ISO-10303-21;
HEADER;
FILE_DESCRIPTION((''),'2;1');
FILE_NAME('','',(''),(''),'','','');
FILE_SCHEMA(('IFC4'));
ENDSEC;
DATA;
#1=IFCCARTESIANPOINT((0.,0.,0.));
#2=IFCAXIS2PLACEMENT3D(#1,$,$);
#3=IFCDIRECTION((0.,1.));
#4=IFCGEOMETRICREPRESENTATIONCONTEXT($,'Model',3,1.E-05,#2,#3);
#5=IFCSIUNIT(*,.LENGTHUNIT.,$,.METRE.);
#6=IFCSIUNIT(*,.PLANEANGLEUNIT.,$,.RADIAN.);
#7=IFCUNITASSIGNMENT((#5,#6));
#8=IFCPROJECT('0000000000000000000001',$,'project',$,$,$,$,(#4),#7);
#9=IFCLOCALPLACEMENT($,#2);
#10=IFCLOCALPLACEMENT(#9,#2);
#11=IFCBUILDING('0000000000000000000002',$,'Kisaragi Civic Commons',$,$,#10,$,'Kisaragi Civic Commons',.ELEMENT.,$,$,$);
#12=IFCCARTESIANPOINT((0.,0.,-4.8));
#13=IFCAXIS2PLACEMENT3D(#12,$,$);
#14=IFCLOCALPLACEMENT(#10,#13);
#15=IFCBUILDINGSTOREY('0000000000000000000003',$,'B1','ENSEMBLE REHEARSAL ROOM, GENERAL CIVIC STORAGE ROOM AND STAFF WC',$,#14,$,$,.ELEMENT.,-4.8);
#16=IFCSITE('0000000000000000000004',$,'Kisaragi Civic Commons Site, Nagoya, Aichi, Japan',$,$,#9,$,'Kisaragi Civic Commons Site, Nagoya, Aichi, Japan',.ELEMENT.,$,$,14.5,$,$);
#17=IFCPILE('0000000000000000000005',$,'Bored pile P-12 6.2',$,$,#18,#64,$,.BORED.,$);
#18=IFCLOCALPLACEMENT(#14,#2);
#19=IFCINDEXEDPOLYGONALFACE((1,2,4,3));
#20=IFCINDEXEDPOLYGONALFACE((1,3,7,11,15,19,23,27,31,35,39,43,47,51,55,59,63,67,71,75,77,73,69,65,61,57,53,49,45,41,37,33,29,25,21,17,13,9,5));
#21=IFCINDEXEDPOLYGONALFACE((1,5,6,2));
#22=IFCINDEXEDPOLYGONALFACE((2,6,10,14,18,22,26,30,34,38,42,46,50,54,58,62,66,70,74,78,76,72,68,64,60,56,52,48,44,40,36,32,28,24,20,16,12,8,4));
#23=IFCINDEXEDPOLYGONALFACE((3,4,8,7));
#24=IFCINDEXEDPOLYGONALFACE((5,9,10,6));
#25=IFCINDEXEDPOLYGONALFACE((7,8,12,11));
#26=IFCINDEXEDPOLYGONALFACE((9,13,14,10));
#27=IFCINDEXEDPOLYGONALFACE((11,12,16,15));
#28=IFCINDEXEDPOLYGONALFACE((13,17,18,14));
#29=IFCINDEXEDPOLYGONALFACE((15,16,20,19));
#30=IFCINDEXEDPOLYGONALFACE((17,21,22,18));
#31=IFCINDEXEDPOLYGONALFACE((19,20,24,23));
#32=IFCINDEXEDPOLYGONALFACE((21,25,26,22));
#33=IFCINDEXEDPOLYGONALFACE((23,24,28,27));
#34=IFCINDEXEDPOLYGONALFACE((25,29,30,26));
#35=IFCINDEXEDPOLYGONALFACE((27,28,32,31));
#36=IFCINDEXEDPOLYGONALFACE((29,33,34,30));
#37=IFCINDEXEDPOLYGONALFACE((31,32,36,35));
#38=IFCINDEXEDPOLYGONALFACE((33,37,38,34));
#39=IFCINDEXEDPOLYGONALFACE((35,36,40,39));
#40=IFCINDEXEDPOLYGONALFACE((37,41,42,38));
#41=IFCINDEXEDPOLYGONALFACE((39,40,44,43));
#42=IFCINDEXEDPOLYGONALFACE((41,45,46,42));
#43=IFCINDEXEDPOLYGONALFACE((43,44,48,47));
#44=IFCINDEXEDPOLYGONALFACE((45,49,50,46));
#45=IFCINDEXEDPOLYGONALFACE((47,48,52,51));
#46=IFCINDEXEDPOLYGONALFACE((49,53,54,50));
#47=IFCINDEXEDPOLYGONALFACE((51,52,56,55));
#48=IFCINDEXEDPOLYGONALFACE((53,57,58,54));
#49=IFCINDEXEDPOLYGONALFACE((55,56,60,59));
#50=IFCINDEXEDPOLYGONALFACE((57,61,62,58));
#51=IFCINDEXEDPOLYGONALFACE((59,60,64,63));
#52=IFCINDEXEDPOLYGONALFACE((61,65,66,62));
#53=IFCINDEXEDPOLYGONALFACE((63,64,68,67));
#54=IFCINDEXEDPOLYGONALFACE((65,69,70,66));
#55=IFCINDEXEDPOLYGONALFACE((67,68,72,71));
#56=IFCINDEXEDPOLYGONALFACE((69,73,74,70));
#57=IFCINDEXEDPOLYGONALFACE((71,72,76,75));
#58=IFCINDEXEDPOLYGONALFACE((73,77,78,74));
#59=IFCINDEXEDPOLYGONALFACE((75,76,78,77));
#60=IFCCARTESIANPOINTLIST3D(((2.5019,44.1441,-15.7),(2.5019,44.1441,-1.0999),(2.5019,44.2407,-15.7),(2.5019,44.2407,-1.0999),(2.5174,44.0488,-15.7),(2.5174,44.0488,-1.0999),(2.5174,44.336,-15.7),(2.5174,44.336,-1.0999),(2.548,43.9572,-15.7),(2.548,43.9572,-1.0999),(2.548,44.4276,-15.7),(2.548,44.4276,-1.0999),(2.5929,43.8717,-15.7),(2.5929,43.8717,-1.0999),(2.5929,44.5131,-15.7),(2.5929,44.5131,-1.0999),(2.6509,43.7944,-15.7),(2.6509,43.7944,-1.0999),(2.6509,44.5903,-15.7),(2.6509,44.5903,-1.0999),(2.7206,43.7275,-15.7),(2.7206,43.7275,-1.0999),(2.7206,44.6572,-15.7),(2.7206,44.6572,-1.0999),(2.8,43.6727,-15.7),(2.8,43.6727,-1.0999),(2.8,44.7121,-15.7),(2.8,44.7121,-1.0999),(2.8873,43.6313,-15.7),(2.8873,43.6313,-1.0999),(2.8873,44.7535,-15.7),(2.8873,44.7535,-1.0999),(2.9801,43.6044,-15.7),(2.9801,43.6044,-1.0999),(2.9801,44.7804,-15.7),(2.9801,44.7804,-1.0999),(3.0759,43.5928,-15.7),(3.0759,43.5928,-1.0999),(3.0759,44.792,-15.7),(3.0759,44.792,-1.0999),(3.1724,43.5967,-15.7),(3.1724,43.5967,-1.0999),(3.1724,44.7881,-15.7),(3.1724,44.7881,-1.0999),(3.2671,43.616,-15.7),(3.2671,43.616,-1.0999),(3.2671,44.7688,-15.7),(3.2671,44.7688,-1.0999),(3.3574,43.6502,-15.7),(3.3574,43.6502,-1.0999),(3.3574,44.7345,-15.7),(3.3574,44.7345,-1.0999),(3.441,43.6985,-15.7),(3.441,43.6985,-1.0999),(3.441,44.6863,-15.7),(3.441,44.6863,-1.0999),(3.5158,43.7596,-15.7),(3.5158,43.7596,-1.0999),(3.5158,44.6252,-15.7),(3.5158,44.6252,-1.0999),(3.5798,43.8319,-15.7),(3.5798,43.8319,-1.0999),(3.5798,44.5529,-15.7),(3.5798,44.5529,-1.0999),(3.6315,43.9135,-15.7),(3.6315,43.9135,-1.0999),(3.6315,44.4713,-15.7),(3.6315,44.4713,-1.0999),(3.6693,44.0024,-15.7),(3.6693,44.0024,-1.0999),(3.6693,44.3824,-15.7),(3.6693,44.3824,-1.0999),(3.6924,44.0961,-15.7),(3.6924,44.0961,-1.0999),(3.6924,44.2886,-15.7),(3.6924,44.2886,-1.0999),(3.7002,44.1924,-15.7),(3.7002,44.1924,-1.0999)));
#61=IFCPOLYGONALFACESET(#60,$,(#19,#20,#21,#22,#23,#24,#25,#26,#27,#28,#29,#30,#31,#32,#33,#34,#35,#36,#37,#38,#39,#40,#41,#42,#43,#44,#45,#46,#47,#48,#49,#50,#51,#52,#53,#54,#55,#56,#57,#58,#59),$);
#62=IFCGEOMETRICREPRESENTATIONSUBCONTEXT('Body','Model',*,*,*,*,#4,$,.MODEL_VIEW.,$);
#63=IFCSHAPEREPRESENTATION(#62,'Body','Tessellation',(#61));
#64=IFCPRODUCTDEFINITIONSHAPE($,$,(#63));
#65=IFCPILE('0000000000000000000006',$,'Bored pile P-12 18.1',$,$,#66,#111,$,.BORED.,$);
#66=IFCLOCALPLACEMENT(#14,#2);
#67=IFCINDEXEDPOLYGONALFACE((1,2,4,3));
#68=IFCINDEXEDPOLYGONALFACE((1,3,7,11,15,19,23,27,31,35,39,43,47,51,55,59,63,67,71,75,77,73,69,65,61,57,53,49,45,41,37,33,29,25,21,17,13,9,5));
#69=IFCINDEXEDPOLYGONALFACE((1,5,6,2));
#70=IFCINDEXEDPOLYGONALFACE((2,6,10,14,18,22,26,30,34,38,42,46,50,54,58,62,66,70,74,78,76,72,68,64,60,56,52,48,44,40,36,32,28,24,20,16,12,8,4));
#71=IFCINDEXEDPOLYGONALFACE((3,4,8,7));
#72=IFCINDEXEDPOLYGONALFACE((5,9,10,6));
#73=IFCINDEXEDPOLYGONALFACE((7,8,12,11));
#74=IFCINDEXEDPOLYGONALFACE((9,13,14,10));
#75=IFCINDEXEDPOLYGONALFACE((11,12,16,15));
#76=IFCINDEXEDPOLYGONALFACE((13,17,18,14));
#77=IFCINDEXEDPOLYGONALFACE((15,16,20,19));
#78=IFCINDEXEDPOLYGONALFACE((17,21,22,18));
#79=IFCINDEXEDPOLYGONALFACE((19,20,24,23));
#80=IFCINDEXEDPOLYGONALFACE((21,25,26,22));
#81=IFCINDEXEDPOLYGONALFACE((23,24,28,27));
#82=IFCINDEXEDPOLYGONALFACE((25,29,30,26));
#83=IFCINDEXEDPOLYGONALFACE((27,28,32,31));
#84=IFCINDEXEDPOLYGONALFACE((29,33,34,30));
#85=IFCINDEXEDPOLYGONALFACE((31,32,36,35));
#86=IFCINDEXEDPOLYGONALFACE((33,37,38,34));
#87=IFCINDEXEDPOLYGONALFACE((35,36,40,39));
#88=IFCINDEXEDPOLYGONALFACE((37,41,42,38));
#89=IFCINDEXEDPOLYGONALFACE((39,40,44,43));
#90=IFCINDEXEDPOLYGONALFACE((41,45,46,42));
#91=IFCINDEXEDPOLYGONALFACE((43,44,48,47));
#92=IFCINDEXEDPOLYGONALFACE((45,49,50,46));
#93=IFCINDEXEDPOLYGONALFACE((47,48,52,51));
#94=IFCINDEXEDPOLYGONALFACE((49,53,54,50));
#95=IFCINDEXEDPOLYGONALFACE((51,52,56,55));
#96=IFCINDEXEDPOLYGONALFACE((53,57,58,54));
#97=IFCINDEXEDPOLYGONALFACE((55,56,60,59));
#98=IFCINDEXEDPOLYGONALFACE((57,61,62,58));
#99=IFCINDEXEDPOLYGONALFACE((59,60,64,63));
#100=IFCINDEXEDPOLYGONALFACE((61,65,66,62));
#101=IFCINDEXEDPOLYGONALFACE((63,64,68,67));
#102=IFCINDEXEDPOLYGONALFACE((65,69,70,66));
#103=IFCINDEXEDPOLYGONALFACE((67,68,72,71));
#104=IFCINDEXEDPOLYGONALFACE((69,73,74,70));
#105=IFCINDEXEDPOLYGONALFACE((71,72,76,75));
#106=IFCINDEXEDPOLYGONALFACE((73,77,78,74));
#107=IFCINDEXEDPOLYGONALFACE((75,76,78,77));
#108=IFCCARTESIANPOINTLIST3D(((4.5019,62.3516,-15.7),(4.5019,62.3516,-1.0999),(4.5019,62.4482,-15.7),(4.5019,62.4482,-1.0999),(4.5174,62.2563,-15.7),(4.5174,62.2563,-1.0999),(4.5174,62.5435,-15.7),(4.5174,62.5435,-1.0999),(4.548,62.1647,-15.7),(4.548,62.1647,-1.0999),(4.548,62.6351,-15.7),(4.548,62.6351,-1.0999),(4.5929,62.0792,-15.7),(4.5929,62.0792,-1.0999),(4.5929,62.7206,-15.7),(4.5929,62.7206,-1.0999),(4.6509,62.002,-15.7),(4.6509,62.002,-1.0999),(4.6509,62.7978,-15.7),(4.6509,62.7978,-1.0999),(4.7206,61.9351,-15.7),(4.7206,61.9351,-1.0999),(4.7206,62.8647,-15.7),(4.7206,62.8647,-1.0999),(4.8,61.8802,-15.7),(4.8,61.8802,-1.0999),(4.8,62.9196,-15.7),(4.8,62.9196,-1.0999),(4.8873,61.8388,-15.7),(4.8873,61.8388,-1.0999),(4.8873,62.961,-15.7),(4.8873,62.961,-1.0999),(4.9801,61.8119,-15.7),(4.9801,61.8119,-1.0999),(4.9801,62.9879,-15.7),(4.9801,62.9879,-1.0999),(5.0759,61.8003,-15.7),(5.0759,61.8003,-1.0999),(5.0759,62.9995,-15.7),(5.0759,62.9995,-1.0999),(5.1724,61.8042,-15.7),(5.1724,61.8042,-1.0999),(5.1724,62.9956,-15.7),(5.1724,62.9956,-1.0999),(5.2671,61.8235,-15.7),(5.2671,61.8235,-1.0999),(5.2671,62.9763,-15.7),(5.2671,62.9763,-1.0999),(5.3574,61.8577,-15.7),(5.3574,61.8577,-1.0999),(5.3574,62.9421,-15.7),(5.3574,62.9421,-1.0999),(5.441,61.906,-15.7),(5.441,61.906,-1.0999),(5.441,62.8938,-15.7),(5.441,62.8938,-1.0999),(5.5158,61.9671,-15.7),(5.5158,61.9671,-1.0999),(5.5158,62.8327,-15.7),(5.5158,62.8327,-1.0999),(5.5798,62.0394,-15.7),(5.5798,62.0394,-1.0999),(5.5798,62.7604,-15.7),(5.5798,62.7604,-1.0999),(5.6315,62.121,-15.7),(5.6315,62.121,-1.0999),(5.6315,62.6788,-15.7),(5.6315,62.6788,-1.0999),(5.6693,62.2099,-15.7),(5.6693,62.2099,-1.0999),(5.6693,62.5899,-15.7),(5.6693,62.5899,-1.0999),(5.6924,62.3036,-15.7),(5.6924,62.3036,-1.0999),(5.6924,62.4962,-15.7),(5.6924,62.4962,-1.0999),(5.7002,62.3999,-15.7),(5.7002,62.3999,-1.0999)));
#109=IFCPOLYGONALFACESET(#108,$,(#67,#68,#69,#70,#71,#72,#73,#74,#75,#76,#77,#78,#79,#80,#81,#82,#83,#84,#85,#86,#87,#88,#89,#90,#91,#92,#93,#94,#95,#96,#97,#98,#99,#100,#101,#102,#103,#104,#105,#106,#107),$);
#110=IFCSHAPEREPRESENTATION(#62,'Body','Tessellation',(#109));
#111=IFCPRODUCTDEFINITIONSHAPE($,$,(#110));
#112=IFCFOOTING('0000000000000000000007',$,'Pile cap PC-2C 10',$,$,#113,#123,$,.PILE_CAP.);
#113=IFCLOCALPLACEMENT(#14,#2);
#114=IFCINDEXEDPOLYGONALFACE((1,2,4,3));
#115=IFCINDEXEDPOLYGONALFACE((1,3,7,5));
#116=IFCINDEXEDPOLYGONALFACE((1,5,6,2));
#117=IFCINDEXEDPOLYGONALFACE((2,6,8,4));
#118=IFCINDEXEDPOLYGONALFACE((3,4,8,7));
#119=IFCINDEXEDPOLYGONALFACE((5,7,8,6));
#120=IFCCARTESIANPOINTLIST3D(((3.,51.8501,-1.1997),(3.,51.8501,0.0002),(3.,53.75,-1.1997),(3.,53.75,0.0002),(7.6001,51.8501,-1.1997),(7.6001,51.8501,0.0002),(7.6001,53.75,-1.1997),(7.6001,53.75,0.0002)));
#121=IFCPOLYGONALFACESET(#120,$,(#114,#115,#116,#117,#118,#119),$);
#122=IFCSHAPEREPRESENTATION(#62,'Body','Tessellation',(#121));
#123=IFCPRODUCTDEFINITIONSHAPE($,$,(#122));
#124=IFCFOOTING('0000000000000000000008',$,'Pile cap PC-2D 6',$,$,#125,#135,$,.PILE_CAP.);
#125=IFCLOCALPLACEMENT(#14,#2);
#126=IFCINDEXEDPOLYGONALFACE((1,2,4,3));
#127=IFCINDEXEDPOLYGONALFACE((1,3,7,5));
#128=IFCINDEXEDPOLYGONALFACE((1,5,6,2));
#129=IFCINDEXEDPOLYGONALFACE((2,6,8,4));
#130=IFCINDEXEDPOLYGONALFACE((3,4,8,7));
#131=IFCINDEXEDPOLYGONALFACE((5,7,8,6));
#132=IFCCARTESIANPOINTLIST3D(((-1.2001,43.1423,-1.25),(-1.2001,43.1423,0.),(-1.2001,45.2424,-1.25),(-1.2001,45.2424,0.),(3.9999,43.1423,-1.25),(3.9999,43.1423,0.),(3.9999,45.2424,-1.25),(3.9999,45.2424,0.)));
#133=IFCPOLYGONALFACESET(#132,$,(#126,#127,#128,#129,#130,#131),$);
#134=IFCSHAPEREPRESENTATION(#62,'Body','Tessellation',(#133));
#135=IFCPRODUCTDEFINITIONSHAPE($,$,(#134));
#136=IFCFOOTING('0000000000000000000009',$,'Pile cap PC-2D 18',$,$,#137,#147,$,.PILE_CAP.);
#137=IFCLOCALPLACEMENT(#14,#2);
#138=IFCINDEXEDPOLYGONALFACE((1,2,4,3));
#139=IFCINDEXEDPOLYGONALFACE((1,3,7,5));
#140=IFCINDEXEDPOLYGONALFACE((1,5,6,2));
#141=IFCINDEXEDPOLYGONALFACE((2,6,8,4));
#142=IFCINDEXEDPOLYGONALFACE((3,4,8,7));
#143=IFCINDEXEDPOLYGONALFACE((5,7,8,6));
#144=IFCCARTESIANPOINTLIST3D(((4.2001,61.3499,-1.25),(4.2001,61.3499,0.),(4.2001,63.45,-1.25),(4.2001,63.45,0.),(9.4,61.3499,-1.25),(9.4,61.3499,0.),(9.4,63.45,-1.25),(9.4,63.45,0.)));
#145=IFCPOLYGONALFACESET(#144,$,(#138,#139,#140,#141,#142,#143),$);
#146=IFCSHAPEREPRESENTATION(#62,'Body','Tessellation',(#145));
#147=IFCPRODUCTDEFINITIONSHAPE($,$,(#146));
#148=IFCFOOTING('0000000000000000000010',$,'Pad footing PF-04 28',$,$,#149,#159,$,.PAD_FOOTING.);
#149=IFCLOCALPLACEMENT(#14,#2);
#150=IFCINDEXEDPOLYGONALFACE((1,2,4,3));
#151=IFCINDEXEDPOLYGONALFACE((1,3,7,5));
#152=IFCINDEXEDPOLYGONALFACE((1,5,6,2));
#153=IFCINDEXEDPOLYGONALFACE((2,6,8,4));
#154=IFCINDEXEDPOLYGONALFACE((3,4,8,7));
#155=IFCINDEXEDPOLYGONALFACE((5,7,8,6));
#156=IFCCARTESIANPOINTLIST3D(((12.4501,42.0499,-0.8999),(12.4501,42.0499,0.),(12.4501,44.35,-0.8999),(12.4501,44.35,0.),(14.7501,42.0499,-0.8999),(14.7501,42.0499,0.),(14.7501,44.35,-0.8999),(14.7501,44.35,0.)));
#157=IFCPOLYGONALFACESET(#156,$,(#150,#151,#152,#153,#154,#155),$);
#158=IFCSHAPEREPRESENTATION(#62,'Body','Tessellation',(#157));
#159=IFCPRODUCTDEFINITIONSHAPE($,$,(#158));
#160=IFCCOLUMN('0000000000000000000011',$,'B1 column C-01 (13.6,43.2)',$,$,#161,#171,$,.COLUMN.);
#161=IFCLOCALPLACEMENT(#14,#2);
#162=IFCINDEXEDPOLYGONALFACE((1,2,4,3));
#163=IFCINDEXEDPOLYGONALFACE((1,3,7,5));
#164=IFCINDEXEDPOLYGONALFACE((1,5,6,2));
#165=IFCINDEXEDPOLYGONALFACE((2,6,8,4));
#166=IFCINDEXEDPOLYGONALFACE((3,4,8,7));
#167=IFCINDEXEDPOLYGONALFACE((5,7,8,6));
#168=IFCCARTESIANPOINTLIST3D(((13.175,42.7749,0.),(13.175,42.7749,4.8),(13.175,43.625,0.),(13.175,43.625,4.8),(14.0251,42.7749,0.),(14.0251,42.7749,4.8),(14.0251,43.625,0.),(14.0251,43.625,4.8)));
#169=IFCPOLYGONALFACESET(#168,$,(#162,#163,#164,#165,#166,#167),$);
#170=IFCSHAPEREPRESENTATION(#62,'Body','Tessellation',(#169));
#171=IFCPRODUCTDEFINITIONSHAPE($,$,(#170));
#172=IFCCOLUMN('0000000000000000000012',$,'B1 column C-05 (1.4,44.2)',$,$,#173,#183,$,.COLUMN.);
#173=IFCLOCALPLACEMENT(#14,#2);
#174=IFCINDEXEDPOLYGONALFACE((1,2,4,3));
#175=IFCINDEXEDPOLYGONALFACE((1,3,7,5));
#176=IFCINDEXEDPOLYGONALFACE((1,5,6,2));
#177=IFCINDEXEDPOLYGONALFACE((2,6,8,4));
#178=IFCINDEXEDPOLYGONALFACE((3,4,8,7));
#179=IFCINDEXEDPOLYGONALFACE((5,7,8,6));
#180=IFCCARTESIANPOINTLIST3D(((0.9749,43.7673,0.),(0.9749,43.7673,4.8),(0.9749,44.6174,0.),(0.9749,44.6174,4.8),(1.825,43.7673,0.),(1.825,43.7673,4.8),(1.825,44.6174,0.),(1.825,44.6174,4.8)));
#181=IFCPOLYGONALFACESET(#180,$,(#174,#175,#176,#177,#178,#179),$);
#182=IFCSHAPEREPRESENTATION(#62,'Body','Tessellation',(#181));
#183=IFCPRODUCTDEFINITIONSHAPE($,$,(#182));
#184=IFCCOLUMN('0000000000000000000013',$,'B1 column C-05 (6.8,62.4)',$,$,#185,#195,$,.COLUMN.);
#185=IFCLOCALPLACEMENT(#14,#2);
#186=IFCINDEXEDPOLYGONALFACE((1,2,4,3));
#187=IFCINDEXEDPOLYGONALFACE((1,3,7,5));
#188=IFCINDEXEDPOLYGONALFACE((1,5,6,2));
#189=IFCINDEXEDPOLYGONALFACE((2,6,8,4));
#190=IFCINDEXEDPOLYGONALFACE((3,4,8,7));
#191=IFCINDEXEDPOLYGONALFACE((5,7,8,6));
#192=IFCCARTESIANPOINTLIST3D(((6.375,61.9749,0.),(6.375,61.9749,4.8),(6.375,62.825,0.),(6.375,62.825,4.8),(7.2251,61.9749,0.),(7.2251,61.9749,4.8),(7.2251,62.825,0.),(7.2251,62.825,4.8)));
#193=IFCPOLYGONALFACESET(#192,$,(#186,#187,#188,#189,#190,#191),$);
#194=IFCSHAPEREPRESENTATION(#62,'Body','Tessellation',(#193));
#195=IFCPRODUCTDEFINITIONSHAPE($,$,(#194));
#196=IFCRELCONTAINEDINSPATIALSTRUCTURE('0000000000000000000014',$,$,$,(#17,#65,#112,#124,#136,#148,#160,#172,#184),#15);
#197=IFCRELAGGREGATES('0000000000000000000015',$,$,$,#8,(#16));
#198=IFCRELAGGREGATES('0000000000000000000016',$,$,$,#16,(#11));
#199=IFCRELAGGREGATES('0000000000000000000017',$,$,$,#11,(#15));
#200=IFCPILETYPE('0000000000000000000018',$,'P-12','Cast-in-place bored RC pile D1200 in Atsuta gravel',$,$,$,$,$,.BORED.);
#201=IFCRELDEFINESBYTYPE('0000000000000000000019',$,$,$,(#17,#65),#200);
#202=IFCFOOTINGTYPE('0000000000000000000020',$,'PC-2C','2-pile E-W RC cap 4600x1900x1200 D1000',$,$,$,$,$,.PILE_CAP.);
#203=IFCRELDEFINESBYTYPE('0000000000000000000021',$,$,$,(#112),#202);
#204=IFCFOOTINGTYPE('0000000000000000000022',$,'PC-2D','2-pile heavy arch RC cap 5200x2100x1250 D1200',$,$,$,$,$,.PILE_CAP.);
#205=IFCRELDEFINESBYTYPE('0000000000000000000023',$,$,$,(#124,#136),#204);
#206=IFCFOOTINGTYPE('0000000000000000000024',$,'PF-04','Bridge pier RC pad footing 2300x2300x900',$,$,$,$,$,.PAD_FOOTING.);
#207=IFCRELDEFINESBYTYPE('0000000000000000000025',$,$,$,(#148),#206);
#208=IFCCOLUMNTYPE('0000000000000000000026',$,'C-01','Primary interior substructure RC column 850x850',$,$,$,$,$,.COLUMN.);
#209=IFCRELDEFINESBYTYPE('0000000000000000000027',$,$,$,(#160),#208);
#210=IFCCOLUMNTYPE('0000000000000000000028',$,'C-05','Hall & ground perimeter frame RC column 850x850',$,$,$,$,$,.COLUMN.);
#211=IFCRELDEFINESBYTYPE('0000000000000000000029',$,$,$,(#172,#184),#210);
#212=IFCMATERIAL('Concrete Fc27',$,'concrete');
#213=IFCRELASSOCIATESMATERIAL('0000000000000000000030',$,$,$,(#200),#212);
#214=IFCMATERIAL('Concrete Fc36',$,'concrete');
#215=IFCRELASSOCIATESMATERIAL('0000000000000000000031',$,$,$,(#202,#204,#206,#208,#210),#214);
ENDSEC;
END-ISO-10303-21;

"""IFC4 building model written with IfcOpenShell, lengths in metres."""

from ifc_helpers import new_model, si_unit, direction, frame, origin, origin_2d, place, context, subcontext, project, spatial, rectangle, circle, extrude, material, material_profile, profile_set, type_object, element, save


model = new_model("IFC4")

# Units and contexts
model_context = context("Model", 3, precision=1e-05, world=origin(), true_north=direction((0.0, 1.0)))
body_context = subcontext(model_context, "Body", "Model", "MODEL_VIEW")
ifc_project = project(units=[si_unit("LENGTHUNIT", "METRE"), si_unit("PLANEANGLEUNIT", "RADIAN")], contexts=[model_context])

# Site, building, storey
site_placement = place(None, origin())
site = spatial("IfcSite", under=ifc_project, at=site_placement, Name="Kisaragi Civic Commons Site, Nagoya, Aichi, Japan", LongName="Kisaragi Civic Commons Site, Nagoya, Aichi, Japan", CompositionType="ELEMENT", RefElevation=14.5)
building_placement = place(site_placement, origin())
building = spatial("IfcBuilding", under=site, at=building_placement, Name="Kisaragi Civic Commons", LongName="Kisaragi Civic Commons", CompositionType="ELEMENT")
storey_placement = place(building_placement, frame((0.0, 0.0, -4.8)))
storey = spatial("IfcBuildingStorey", under=building, at=storey_placement, Name="B1", Description="ENSEMBLE REHEARSAL ROOM, GENERAL CIVIC STORAGE ROOM AND STAFF WC", CompositionType="ELEMENT", Elevation=-4.8)

# Shared definitions
ifc_material_1 = material(Name="Concrete Fc27", Category="concrete")

# Piles
ifc_material_profile_1 = material_profile(ifc_material_1, circle(Radius=0.6001, at=origin_2d()), Name="PILE-D1200", Category="concrete")
ifc_profile_set_1 = profile_set([ifc_material_profile_1], Name="Concrete Fc27")
pile_type_1 = type_object("IfcPileType", Name="P-12", Description="Cast-in-place bored RC pile D1200 in Atsuta gravel", PredefinedType="BORED", material=ifc_profile_set_1)
for number, where, z_axis, x_axis, name in (
    (1, (3.1001, 44.1924, -1.0999), (0.0, 0.0, -1.0), (1.0, 0.0, 0.0), "Bored pile P-12 6.2"),
    (2, (5.1001, 62.3999, -1.0999), (0.0, 0.0, -1.0), (1.0, 0.0, 0.0), "Bored pile P-12 18.1"),
):
    element("IfcPile", number, at=place(storey_placement, frame(where, z_axis=z_axis, x_axis=x_axis)), inside=storey, type_object=pile_type_1, Name=name, PredefinedType="BORED", context=body_context, shape_type="SweptSolid", body=[
        extrude(circle(Radius=0.6001, at=origin_2d()), origin(), (0.0, 0.0, 1.0), 14.6001),
    ])

# Footings
ifc_material_2 = material(Name="Concrete Fc36", Category="concrete")
footing_type_1 = type_object("IfcFootingType", Name="PC-2C", Description="2-pile E-W RC cap 4600x1900x1200 D1000", PredefinedType="PILE_CAP", material=ifc_material_2)
footing_1_placement = place(storey_placement, frame((5.3, 52.8, -1.1997), z_axis=(0.0, 0.0, 1.0), x_axis=(1.0, 0.0, 0.0)))
element("IfcFooting", 3, at=footing_1_placement, inside=storey, type_object=footing_type_1, Name="Pile cap PC-2C 10", PredefinedType="PILE_CAP", context=body_context, shape_type="SweptSolid", body=[
    extrude(rectangle(XDim=4.6001, YDim=1.8999, at=origin_2d()), origin(), (0.0, 0.0, 1.0), 1.2),
])
footing_type_2 = type_object("IfcFootingType", Name="PC-2D", Description="2-pile heavy arch RC cap 5200x2100x1250 D1200", PredefinedType="PILE_CAP", material=ifc_material_2)
for number, where, z_axis, x_axis, name in (
    (4, (1.3999, 44.1924, -1.25), (0.0, 0.0, 1.0), (1.0, 0.0, 0.0), "Pile cap PC-2D 6"),
    (5, (6.8, 62.3999, -1.25), (0.0, 0.0, 1.0), (1.0, 0.0, 0.0), "Pile cap PC-2D 18"),
):
    element("IfcFooting", number, at=place(storey_placement, frame(where, z_axis=z_axis, x_axis=x_axis)), inside=storey, type_object=footing_type_2, Name=name, PredefinedType="PILE_CAP", context=body_context, shape_type="SweptSolid", body=[
        extrude(rectangle(XDim=5.2, YDim=2.1001, at=origin_2d()), origin(), (0.0, 0.0, 1.0), 1.25),
    ])
footing_type_3 = type_object("IfcFootingType", Name="PF-04", Description="Bridge pier RC pad footing 2300x2300x900", PredefinedType="PAD_FOOTING", material=ifc_material_2)
footing_2_placement = place(storey_placement, frame((13.6001, 43.2, -0.8999), z_axis=(0.0, 0.0, 1.0), x_axis=(1.0, 0.0, 0.0)))
element("IfcFooting", 6, at=footing_2_placement, inside=storey, type_object=footing_type_3, Name="Pad footing PF-04 28", PredefinedType="PAD_FOOTING", context=body_context, shape_type="SweptSolid", body=[
    extrude(rectangle(XDim=2.3, YDim=2.3, at=origin_2d()), origin(), (0.0, 0.0, 1.0), 0.8999),
])

# Columns
ifc_material_profile_2 = material_profile(ifc_material_2, rectangle(XDim=0.8501, YDim=0.8501, at=origin_2d()), Name="RC-850x850", Category="concrete")
ifc_profile_set_2 = profile_set([ifc_material_profile_2], Name="Concrete Fc36")
column_type_1 = type_object("IfcColumnType", Name="C-01", Description="Primary interior substructure RC column 850x850", PredefinedType="COLUMN", material=ifc_profile_set_2)
column_1_placement = place(storey_placement, frame((13.6001, 43.2, 0.0), z_axis=(0.0, 0.0, 1.0), x_axis=(1.0, 0.0, 0.0)))
element("IfcColumn", 7, at=column_1_placement, inside=storey, type_object=column_type_1, Name="B1 column C-01 (13.6,43.2)", PredefinedType="COLUMN", context=body_context, shape_type="SweptSolid", body=[
    extrude(rectangle(XDim=0.8501, YDim=0.8501, at=origin_2d()), origin(), (0.0, 0.0, 1.0), 4.8),
])
ifc_material_profile_3 = material_profile(ifc_material_2, rectangle(XDim=0.8501, YDim=0.8501, at=origin_2d()), Name="RC-850x850", Category="concrete")
ifc_profile_set_3 = profile_set([ifc_material_profile_3], Name="Concrete Fc36")
column_type_2 = type_object("IfcColumnType", Name="C-05", Description="Hall & ground perimeter frame RC column 850x850", PredefinedType="COLUMN", material=ifc_profile_set_3)
for number, where, z_axis, x_axis, name in (
    (8, (1.3999, 44.1924, 0.0), (0.0, 0.0, 1.0), (1.0, 0.0, 0.0), "B1 column C-05 (1.4,44.2)"),
    (9, (6.8, 62.3999, 0.0), (0.0, 0.0, 1.0), (1.0, 0.0, 0.0), "B1 column C-05 (6.8,62.4)"),
):
    element("IfcColumn", number, at=place(storey_placement, frame(where, z_axis=z_axis, x_axis=x_axis)), inside=storey, type_object=column_type_2, Name=name, PredefinedType="COLUMN", context=body_context, shape_type="SweptSolid", body=[
        extrude(rectangle(XDim=0.8501, YDim=0.8501, at=origin_2d()), origin(), (0.0, 0.0, 1.0), 4.8),
    ])

save(model, "model.ifc")
